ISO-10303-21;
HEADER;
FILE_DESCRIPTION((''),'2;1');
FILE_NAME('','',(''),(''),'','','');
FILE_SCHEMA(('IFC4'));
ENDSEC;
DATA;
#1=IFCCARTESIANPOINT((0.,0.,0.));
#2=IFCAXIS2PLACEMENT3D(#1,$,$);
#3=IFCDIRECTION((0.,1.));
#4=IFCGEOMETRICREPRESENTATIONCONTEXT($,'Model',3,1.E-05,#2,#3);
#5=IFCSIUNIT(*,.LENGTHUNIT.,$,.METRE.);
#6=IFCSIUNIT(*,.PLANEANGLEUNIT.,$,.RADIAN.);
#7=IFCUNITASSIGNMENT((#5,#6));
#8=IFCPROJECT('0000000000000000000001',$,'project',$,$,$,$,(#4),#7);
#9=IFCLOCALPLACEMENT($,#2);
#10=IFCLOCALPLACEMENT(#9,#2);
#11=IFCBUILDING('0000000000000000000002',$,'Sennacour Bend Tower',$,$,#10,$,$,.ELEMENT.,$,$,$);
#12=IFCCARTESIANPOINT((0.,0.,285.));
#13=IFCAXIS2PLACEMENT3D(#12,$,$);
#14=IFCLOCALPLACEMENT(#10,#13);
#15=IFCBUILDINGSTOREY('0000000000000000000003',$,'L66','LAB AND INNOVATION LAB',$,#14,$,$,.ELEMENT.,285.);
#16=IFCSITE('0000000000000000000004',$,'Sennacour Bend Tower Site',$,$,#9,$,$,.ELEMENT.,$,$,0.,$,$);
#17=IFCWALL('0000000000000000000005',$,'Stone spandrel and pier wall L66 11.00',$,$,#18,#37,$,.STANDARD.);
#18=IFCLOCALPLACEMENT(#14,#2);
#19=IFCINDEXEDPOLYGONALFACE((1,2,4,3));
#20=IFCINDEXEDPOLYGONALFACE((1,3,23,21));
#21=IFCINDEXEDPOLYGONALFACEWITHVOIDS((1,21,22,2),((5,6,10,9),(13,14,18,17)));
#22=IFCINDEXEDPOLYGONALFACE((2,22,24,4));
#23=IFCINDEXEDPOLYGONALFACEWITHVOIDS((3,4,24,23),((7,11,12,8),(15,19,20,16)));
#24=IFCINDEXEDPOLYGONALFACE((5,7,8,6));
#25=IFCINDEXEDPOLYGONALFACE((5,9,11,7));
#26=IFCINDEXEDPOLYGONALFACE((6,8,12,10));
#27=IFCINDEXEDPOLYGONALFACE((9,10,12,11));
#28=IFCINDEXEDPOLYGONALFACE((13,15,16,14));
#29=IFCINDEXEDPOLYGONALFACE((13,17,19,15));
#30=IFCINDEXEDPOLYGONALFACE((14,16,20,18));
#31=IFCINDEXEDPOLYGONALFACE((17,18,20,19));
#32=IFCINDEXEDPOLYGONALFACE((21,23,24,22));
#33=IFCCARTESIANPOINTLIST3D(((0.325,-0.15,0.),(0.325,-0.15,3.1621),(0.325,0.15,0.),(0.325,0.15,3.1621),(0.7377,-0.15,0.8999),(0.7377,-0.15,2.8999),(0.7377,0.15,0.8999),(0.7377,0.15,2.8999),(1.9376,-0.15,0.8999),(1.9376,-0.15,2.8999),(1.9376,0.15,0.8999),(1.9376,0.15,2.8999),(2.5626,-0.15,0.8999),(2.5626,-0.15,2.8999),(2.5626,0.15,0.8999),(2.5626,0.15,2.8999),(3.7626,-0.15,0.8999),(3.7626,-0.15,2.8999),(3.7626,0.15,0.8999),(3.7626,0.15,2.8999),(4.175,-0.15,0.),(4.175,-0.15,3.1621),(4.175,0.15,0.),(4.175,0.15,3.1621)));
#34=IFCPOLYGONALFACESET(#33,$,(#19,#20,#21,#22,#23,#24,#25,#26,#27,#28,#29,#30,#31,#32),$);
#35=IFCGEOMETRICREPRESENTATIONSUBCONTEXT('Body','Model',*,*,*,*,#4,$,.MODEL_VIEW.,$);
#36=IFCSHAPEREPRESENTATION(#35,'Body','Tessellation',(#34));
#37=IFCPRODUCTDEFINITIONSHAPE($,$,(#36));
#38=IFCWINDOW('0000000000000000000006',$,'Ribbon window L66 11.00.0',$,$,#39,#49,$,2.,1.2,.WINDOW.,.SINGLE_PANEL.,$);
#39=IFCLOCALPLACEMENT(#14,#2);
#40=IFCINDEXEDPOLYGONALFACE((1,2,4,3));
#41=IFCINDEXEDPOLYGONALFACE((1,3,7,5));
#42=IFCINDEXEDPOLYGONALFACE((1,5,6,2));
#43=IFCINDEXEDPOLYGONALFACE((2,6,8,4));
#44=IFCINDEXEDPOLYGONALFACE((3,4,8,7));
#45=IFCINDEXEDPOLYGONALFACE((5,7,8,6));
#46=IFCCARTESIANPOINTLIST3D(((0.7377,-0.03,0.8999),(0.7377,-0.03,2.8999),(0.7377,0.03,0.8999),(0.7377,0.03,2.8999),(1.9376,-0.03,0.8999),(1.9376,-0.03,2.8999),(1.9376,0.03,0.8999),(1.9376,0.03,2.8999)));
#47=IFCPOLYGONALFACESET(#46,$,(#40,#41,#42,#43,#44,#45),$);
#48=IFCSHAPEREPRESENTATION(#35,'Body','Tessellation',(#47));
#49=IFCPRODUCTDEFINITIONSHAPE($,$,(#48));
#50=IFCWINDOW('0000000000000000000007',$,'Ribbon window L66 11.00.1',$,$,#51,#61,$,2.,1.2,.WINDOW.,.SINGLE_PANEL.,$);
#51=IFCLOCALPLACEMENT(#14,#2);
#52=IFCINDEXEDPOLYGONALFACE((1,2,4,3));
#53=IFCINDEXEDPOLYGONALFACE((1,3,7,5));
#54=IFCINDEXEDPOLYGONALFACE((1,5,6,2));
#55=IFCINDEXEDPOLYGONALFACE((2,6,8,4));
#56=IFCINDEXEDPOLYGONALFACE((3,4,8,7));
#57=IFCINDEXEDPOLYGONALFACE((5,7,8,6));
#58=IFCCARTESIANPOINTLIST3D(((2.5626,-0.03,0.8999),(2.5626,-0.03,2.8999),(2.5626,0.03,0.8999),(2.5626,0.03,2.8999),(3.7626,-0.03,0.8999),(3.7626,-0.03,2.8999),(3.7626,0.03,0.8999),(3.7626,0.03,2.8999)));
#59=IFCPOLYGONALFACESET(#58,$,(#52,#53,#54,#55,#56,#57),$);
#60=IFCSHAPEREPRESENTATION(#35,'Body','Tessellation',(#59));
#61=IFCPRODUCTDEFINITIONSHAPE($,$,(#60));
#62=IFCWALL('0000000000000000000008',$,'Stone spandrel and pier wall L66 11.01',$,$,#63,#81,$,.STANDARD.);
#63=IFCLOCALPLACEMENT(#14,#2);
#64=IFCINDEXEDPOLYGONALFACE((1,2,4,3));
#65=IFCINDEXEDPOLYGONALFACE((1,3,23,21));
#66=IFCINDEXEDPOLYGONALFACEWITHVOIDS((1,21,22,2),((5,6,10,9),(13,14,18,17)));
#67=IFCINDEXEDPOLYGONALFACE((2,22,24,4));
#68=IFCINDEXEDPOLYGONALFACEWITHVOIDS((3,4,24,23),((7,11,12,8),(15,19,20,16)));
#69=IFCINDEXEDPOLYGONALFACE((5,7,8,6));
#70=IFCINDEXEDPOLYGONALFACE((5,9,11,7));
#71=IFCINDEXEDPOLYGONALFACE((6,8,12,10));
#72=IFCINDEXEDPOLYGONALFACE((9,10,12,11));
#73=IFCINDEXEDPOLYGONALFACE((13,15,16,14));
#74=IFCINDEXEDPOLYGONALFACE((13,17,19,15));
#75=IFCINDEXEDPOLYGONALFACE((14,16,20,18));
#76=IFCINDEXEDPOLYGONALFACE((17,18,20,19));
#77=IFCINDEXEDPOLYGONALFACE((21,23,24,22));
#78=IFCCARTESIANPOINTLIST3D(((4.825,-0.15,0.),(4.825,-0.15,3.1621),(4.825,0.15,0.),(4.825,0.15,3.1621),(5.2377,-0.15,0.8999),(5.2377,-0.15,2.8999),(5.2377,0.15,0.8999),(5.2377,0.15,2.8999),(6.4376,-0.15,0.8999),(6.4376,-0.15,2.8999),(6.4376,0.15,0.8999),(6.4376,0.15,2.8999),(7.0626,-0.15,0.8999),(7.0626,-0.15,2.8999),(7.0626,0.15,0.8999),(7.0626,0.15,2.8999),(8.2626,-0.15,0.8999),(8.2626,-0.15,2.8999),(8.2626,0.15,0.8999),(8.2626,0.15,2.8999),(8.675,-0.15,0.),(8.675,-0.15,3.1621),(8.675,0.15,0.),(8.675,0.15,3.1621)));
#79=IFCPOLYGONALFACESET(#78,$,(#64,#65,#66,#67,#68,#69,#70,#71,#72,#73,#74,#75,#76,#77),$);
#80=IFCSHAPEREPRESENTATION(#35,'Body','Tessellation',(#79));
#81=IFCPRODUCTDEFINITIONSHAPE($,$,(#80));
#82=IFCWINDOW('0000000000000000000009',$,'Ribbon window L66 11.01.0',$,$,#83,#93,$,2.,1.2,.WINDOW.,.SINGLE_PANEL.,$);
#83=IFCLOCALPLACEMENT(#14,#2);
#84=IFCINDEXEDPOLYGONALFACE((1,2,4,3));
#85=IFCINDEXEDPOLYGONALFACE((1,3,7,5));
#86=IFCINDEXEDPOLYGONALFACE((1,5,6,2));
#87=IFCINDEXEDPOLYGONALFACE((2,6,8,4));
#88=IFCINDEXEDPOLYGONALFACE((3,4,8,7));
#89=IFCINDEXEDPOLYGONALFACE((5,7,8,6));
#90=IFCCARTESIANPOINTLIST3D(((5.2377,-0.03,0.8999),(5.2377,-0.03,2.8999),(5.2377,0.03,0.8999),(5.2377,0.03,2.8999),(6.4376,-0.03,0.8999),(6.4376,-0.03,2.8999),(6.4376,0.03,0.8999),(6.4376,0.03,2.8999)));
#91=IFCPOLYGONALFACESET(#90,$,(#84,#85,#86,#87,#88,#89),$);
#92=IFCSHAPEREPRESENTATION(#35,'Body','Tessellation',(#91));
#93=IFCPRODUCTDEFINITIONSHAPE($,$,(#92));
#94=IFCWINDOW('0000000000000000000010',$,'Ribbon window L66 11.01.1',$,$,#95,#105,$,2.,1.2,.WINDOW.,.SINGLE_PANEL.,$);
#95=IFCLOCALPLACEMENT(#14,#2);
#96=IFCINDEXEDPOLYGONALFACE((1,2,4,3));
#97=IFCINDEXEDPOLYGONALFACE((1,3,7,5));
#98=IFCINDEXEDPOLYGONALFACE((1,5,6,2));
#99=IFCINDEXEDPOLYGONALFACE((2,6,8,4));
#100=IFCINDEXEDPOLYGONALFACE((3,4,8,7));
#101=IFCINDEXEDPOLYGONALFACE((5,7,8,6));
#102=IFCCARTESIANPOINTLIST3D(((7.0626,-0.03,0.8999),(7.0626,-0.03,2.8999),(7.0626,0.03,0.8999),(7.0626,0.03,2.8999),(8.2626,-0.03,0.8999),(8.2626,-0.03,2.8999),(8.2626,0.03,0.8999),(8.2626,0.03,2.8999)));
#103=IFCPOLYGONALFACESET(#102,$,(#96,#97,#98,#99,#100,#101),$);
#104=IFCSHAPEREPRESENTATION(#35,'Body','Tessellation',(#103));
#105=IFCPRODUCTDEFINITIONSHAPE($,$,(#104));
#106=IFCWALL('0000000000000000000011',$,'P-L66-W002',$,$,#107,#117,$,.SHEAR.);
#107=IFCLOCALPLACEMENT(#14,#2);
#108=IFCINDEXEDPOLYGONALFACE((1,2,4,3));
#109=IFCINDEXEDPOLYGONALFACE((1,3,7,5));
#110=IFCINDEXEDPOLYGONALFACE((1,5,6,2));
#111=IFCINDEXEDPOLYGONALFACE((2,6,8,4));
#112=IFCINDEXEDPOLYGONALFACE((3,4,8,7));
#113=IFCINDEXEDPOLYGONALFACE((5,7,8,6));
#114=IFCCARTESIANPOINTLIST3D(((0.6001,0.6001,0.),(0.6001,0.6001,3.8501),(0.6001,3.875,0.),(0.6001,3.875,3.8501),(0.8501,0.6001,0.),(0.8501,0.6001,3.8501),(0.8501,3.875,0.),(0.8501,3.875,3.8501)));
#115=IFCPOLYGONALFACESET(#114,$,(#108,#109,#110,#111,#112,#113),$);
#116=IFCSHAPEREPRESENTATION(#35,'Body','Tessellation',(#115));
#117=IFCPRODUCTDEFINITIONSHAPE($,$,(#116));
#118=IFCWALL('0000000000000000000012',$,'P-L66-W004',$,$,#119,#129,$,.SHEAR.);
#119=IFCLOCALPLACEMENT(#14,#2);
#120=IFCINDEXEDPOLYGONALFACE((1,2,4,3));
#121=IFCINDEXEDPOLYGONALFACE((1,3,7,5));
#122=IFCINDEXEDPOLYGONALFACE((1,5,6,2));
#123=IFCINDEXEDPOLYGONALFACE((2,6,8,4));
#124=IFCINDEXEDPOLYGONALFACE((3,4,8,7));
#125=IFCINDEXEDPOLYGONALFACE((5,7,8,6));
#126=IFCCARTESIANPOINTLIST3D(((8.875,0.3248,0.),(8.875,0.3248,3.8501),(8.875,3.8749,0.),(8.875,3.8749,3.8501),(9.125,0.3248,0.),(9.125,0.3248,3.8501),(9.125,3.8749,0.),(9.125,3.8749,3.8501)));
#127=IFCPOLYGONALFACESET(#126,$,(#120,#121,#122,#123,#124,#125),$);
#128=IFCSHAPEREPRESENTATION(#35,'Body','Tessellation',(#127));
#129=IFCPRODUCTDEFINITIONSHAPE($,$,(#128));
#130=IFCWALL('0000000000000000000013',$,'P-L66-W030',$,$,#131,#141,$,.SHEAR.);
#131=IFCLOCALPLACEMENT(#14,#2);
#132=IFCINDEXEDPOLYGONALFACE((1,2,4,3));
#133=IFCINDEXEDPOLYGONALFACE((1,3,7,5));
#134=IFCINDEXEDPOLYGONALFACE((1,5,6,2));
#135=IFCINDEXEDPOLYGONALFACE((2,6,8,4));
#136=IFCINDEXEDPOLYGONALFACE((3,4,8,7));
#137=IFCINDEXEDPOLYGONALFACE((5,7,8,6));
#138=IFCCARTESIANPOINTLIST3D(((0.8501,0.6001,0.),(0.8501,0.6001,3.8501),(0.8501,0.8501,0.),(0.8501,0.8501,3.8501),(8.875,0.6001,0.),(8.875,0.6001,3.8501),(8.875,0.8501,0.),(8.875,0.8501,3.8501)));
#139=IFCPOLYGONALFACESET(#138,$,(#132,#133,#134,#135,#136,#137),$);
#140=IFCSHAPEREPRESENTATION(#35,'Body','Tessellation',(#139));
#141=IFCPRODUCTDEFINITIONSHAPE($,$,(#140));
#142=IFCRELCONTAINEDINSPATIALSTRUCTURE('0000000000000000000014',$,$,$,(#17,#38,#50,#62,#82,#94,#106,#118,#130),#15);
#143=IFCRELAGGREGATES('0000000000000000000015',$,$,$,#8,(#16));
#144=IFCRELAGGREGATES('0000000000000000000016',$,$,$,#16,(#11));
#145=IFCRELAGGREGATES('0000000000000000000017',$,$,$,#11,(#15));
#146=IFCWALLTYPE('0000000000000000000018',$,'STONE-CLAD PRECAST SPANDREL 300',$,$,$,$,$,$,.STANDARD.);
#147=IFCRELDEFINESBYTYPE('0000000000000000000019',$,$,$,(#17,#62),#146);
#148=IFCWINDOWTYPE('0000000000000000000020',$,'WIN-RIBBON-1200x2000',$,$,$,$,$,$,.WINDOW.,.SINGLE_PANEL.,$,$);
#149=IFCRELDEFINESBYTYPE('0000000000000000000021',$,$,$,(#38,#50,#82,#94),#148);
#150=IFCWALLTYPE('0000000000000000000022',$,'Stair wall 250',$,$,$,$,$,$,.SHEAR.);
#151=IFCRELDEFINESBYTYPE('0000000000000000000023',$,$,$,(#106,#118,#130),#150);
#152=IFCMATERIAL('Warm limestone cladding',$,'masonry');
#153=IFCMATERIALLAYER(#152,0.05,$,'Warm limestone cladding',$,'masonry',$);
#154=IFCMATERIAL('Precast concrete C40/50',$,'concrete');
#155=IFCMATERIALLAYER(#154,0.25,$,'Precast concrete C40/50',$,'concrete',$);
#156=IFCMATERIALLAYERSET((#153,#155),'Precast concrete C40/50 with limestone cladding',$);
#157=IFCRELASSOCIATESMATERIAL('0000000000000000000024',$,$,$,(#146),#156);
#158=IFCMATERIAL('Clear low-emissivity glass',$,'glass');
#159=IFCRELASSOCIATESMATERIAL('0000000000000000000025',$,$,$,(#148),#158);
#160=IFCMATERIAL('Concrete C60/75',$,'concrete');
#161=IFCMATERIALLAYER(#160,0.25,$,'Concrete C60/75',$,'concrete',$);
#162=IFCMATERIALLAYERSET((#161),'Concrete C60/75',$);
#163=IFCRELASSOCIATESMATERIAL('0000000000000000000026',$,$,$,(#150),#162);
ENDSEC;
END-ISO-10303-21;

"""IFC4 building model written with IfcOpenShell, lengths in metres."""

from ifc_helpers import new_model, si_unit, direction, frame, frame_2d, origin, place, context, subcontext, project, spatial, rectangle, extrude, material, layer, layer_set, type_object, element, fill, save


model = new_model("IFC4")

# Units and contexts
model_context = context("Model", 3, precision=1e-05, world=origin(), true_north=direction((0.0, 1.0)))
body_context = subcontext(model_context, "Body", "Model", "MODEL_VIEW")
ifc_project = project(units=[si_unit("LENGTHUNIT", "METRE"), si_unit("PLANEANGLEUNIT", "RADIAN")], contexts=[model_context])

# Site, building, storey
site_placement = place(None, origin())
site = spatial("IfcSite", under=ifc_project, at=site_placement, Name="Sennacour Bend Tower Site", CompositionType="ELEMENT", RefElevation=0.0)
building_placement = place(site_placement, origin())
building = spatial("IfcBuilding", under=site, at=building_placement, Name="Sennacour Bend Tower", CompositionType="ELEMENT")
storey_placement = place(building_placement, frame((0.0, 0.0, 285.0)))
storey = spatial("IfcBuildingStorey", under=building, at=storey_placement, Name="L66", Description="LAB AND INNOVATION LAB", CompositionType="ELEMENT", Elevation=285.0)

# Walls, openings, windows
ifc_material_1 = material(Name="Warm limestone cladding", Category="masonry")
ifc_layer_1 = layer(ifc_material_1, 0.05, Name="Warm limestone cladding", Category="masonry")
ifc_material_2 = material(Name="Precast concrete C40/50", Category="concrete")
ifc_layer_2 = layer(ifc_material_2, 0.25, Name="Precast concrete C40/50", Category="concrete")
ifc_layer_set_1 = layer_set([ifc_layer_1, ifc_layer_2], Name="Precast concrete C40/50 with limestone cladding")
wall_type_1 = type_object("IfcWallType", Name="STONE-CLAD PRECAST SPANDREL 300", PredefinedType="STANDARD", material=ifc_layer_set_1)
wall_1_placement = place(storey_placement, frame((0.325, 0.0, 0.0), z_axis=(0.0, 0.0, 1.0), x_axis=(1.0, 0.0, 0.0)))
wall_1 = element("IfcWall", 1, at=wall_1_placement, inside=storey, type_object=wall_type_1, Name="Stone spandrel and pier wall L66 11.00", PredefinedType="STANDARD", context=body_context, shape_type="SweptSolid", body=[
    extrude(rectangle(XDim=3.8501, YDim=0.3, at=frame_2d((1.925, 0.0))), origin(), (0.0, 0.0, 1.0), 3.1621),
])
opening_1_placement = place(wall_1_placement, frame((0.4126, 0.0, 0.8999)))
opening_1 = element("IfcOpeningElement", 2, at=opening_1_placement, cuts=wall_1, PredefinedType="OPENING", context=body_context, shape_type="SweptSolid", body=[
    extrude(rectangle(XDim=1.2, YDim=2.0, at=frame_2d((0.6001, 1.0))), frame((0.0, 0.1602, 0.0), z_axis=(0.0, -1.0, 0.0), x_axis=(1.0, 0.0, 0.0)), (0.0, 0.0, 1.0), 0.3201),
])
opening_2_placement = place(wall_1_placement, frame((2.2375, 0.0, 0.8999)))
opening_2 = element("IfcOpeningElement", 3, at=opening_2_placement, cuts=wall_1, PredefinedType="OPENING", context=body_context, shape_type="SweptSolid", body=[
    extrude(rectangle(XDim=1.2, YDim=2.0, at=frame_2d((0.6001, 1.0))), frame((0.0, 0.1602, 0.0), z_axis=(0.0, -1.0, 0.0), x_axis=(1.0, 0.0, 0.0)), (0.0, 0.0, 1.0), 0.3201),
])
ifc_material_3 = material(Name="Clear low-emissivity glass", Category="glass")
window_type = type_object("IfcWindowType", Name="WIN-RIBBON-1200x2000", PartitioningType="SINGLE_PANEL", PredefinedType="WINDOW", material=ifc_material_3)
window_1_placement = place(opening_1_placement, origin())
window_1 = element("IfcWindow", 4, at=window_1_placement, inside=storey, type_object=window_type, Name="Ribbon window L66 11.00.0", OverallHeight=2.0, OverallWidth=1.2, PartitioningType="SINGLE_PANEL", PredefinedType="WINDOW", context=body_context, shape_type="SweptSolid", body=[
    extrude(rectangle(XDim=1.2, YDim=2.0, at=frame_2d((0.6001, 1.0))), frame((0.0, 0.03, 0.0), z_axis=(0.0, -1.0, 0.0), x_axis=(1.0, 0.0, 0.0)), (0.0, 0.0, 1.0), 0.0601),
])
fill(opening_1, window_1)
window_2_placement = place(opening_2_placement, origin())
window_2 = element("IfcWindow", 5, at=window_2_placement, inside=storey, type_object=window_type, Name="Ribbon window L66 11.00.1", OverallHeight=2.0, OverallWidth=1.2, PartitioningType="SINGLE_PANEL", PredefinedType="WINDOW", context=body_context, shape_type="SweptSolid", body=[
    extrude(rectangle(XDim=1.2, YDim=2.0, at=frame_2d((0.6001, 1.0))), frame((0.0, 0.03, 0.0), z_axis=(0.0, -1.0, 0.0), x_axis=(1.0, 0.0, 0.0)), (0.0, 0.0, 1.0), 0.0601),
])
fill(opening_2, window_2)
wall_2_placement = place(storey_placement, frame((4.825, 0.0, 0.0), z_axis=(0.0, 0.0, 1.0), x_axis=(1.0, 0.0, 0.0)))
wall_2 = element("IfcWall", 6, at=wall_2_placement, inside=storey, type_object=wall_type_1, Name="Stone spandrel and pier wall L66 11.01", PredefinedType="STANDARD", context=body_context, shape_type="SweptSolid", body=[
    extrude(rectangle(XDim=3.8501, YDim=0.3, at=frame_2d((1.925, 0.0))), origin(), (0.0, 0.0, 1.0), 3.1621),
])
opening_3_placement = place(wall_2_placement, frame((0.4126, 0.0, 0.8999)))
opening_3 = element("IfcOpeningElement", 7, at=opening_3_placement, cuts=wall_2, PredefinedType="OPENING", context=body_context, shape_type="SweptSolid", body=[
    extrude(rectangle(XDim=1.2, YDim=2.0, at=frame_2d((0.6001, 1.0))), frame((0.0, 0.1602, 0.0), z_axis=(0.0, -1.0, 0.0), x_axis=(1.0, 0.0, 0.0)), (0.0, 0.0, 1.0), 0.3201),
])
opening_4_placement = place(wall_2_placement, frame((2.2375, 0.0, 0.8999)))
opening_4 = element("IfcOpeningElement", 8, at=opening_4_placement, cuts=wall_2, PredefinedType="OPENING", context=body_context, shape_type="SweptSolid", body=[
    extrude(rectangle(XDim=1.2, YDim=2.0, at=frame_2d((0.6001, 1.0))), frame((0.0, 0.1602, 0.0), z_axis=(0.0, -1.0, 0.0), x_axis=(1.0, 0.0, 0.0)), (0.0, 0.0, 1.0), 0.3201),
])
window_3_placement = place(opening_3_placement, origin())
window_3 = element("IfcWindow", 9, at=window_3_placement, inside=storey, type_object=window_type, Name="Ribbon window L66 11.01.0", OverallHeight=2.0, OverallWidth=1.2, PartitioningType="SINGLE_PANEL", PredefinedType="WINDOW", context=body_context, shape_type="SweptSolid", body=[
    extrude(rectangle(XDim=1.2, YDim=2.0, at=frame_2d((0.6001, 1.0))), frame((0.0, 0.03, 0.0), z_axis=(0.0, -1.0, 0.0), x_axis=(1.0, 0.0, 0.0)), (0.0, 0.0, 1.0), 0.0601),
])
fill(opening_3, window_3)
window_4_placement = place(opening_4_placement, origin())
window_4 = element("IfcWindow", 10, at=window_4_placement, inside=storey, type_object=window_type, Name="Ribbon window L66 11.01.1", OverallHeight=2.0, OverallWidth=1.2, PartitioningType="SINGLE_PANEL", PredefinedType="WINDOW", context=body_context, shape_type="SweptSolid", body=[
    extrude(rectangle(XDim=1.2, YDim=2.0, at=frame_2d((0.6001, 1.0))), frame((0.0, 0.03, 0.0), z_axis=(0.0, -1.0, 0.0), x_axis=(1.0, 0.0, 0.0)), (0.0, 0.0, 1.0), 0.0601),
])
fill(opening_4, window_4)

# Walls
ifc_material_4 = material(Name="Concrete C60/75", Category="concrete")
ifc_layer_3 = layer(ifc_material_4, 0.25, Name="Concrete C60/75", Category="concrete")
ifc_layer_set_2 = layer_set([ifc_layer_3], Name="Concrete C60/75")
wall_type_2 = type_object("IfcWallType", Name="Stair wall 250", PredefinedType="SHEAR", material=ifc_layer_set_2)
wall_3_placement = place(storey_placement, frame((0.7251, 0.6001, 0.0), z_axis=(0.0, 0.0, 1.0), x_axis=(0.0, 1.0, 0.0)))
element("IfcWall", 11, at=wall_3_placement, inside=storey, type_object=wall_type_2, Name="P-L66-W002", PredefinedType="SHEAR", context=body_context, shape_type="SweptSolid", body=[
    extrude(rectangle(XDim=3.2749, YDim=0.25, at=frame_2d((1.6375, 0.0))), origin(), (0.0, 0.0, 1.0), 3.8501),
])
wall_4_placement = place(storey_placement, frame((9.0, 0.325, 0.0), z_axis=(0.0, 0.0, 1.0), x_axis=(0.0, 1.0, 0.0)))
element("IfcWall", 12, at=wall_4_placement, inside=storey, type_object=wall_type_2, Name="P-L66-W004", PredefinedType="SHEAR", context=body_context, shape_type="SweptSolid", body=[
    extrude(rectangle(XDim=3.55, YDim=0.25, at=frame_2d((1.7749, 0.0))), origin(), (0.0, 0.0, 1.0), 3.8501),
])
wall_5_placement = place(storey_placement, frame((0.8501, 0.7251, 0.0), z_axis=(0.0, 0.0, 1.0), x_axis=(1.0, 0.0, 0.0)))
element("IfcWall", 13, at=wall_5_placement, inside=storey, type_object=wall_type_2, Name="P-L66-W030", PredefinedType="SHEAR", context=body_context, shape_type="SweptSolid", body=[
    extrude(rectangle(XDim=8.0249, YDim=0.25, at=frame_2d((4.0125, 0.0))), origin(), (0.0, 0.0, 1.0), 3.8501),
])

save(model, "model.ifc")
